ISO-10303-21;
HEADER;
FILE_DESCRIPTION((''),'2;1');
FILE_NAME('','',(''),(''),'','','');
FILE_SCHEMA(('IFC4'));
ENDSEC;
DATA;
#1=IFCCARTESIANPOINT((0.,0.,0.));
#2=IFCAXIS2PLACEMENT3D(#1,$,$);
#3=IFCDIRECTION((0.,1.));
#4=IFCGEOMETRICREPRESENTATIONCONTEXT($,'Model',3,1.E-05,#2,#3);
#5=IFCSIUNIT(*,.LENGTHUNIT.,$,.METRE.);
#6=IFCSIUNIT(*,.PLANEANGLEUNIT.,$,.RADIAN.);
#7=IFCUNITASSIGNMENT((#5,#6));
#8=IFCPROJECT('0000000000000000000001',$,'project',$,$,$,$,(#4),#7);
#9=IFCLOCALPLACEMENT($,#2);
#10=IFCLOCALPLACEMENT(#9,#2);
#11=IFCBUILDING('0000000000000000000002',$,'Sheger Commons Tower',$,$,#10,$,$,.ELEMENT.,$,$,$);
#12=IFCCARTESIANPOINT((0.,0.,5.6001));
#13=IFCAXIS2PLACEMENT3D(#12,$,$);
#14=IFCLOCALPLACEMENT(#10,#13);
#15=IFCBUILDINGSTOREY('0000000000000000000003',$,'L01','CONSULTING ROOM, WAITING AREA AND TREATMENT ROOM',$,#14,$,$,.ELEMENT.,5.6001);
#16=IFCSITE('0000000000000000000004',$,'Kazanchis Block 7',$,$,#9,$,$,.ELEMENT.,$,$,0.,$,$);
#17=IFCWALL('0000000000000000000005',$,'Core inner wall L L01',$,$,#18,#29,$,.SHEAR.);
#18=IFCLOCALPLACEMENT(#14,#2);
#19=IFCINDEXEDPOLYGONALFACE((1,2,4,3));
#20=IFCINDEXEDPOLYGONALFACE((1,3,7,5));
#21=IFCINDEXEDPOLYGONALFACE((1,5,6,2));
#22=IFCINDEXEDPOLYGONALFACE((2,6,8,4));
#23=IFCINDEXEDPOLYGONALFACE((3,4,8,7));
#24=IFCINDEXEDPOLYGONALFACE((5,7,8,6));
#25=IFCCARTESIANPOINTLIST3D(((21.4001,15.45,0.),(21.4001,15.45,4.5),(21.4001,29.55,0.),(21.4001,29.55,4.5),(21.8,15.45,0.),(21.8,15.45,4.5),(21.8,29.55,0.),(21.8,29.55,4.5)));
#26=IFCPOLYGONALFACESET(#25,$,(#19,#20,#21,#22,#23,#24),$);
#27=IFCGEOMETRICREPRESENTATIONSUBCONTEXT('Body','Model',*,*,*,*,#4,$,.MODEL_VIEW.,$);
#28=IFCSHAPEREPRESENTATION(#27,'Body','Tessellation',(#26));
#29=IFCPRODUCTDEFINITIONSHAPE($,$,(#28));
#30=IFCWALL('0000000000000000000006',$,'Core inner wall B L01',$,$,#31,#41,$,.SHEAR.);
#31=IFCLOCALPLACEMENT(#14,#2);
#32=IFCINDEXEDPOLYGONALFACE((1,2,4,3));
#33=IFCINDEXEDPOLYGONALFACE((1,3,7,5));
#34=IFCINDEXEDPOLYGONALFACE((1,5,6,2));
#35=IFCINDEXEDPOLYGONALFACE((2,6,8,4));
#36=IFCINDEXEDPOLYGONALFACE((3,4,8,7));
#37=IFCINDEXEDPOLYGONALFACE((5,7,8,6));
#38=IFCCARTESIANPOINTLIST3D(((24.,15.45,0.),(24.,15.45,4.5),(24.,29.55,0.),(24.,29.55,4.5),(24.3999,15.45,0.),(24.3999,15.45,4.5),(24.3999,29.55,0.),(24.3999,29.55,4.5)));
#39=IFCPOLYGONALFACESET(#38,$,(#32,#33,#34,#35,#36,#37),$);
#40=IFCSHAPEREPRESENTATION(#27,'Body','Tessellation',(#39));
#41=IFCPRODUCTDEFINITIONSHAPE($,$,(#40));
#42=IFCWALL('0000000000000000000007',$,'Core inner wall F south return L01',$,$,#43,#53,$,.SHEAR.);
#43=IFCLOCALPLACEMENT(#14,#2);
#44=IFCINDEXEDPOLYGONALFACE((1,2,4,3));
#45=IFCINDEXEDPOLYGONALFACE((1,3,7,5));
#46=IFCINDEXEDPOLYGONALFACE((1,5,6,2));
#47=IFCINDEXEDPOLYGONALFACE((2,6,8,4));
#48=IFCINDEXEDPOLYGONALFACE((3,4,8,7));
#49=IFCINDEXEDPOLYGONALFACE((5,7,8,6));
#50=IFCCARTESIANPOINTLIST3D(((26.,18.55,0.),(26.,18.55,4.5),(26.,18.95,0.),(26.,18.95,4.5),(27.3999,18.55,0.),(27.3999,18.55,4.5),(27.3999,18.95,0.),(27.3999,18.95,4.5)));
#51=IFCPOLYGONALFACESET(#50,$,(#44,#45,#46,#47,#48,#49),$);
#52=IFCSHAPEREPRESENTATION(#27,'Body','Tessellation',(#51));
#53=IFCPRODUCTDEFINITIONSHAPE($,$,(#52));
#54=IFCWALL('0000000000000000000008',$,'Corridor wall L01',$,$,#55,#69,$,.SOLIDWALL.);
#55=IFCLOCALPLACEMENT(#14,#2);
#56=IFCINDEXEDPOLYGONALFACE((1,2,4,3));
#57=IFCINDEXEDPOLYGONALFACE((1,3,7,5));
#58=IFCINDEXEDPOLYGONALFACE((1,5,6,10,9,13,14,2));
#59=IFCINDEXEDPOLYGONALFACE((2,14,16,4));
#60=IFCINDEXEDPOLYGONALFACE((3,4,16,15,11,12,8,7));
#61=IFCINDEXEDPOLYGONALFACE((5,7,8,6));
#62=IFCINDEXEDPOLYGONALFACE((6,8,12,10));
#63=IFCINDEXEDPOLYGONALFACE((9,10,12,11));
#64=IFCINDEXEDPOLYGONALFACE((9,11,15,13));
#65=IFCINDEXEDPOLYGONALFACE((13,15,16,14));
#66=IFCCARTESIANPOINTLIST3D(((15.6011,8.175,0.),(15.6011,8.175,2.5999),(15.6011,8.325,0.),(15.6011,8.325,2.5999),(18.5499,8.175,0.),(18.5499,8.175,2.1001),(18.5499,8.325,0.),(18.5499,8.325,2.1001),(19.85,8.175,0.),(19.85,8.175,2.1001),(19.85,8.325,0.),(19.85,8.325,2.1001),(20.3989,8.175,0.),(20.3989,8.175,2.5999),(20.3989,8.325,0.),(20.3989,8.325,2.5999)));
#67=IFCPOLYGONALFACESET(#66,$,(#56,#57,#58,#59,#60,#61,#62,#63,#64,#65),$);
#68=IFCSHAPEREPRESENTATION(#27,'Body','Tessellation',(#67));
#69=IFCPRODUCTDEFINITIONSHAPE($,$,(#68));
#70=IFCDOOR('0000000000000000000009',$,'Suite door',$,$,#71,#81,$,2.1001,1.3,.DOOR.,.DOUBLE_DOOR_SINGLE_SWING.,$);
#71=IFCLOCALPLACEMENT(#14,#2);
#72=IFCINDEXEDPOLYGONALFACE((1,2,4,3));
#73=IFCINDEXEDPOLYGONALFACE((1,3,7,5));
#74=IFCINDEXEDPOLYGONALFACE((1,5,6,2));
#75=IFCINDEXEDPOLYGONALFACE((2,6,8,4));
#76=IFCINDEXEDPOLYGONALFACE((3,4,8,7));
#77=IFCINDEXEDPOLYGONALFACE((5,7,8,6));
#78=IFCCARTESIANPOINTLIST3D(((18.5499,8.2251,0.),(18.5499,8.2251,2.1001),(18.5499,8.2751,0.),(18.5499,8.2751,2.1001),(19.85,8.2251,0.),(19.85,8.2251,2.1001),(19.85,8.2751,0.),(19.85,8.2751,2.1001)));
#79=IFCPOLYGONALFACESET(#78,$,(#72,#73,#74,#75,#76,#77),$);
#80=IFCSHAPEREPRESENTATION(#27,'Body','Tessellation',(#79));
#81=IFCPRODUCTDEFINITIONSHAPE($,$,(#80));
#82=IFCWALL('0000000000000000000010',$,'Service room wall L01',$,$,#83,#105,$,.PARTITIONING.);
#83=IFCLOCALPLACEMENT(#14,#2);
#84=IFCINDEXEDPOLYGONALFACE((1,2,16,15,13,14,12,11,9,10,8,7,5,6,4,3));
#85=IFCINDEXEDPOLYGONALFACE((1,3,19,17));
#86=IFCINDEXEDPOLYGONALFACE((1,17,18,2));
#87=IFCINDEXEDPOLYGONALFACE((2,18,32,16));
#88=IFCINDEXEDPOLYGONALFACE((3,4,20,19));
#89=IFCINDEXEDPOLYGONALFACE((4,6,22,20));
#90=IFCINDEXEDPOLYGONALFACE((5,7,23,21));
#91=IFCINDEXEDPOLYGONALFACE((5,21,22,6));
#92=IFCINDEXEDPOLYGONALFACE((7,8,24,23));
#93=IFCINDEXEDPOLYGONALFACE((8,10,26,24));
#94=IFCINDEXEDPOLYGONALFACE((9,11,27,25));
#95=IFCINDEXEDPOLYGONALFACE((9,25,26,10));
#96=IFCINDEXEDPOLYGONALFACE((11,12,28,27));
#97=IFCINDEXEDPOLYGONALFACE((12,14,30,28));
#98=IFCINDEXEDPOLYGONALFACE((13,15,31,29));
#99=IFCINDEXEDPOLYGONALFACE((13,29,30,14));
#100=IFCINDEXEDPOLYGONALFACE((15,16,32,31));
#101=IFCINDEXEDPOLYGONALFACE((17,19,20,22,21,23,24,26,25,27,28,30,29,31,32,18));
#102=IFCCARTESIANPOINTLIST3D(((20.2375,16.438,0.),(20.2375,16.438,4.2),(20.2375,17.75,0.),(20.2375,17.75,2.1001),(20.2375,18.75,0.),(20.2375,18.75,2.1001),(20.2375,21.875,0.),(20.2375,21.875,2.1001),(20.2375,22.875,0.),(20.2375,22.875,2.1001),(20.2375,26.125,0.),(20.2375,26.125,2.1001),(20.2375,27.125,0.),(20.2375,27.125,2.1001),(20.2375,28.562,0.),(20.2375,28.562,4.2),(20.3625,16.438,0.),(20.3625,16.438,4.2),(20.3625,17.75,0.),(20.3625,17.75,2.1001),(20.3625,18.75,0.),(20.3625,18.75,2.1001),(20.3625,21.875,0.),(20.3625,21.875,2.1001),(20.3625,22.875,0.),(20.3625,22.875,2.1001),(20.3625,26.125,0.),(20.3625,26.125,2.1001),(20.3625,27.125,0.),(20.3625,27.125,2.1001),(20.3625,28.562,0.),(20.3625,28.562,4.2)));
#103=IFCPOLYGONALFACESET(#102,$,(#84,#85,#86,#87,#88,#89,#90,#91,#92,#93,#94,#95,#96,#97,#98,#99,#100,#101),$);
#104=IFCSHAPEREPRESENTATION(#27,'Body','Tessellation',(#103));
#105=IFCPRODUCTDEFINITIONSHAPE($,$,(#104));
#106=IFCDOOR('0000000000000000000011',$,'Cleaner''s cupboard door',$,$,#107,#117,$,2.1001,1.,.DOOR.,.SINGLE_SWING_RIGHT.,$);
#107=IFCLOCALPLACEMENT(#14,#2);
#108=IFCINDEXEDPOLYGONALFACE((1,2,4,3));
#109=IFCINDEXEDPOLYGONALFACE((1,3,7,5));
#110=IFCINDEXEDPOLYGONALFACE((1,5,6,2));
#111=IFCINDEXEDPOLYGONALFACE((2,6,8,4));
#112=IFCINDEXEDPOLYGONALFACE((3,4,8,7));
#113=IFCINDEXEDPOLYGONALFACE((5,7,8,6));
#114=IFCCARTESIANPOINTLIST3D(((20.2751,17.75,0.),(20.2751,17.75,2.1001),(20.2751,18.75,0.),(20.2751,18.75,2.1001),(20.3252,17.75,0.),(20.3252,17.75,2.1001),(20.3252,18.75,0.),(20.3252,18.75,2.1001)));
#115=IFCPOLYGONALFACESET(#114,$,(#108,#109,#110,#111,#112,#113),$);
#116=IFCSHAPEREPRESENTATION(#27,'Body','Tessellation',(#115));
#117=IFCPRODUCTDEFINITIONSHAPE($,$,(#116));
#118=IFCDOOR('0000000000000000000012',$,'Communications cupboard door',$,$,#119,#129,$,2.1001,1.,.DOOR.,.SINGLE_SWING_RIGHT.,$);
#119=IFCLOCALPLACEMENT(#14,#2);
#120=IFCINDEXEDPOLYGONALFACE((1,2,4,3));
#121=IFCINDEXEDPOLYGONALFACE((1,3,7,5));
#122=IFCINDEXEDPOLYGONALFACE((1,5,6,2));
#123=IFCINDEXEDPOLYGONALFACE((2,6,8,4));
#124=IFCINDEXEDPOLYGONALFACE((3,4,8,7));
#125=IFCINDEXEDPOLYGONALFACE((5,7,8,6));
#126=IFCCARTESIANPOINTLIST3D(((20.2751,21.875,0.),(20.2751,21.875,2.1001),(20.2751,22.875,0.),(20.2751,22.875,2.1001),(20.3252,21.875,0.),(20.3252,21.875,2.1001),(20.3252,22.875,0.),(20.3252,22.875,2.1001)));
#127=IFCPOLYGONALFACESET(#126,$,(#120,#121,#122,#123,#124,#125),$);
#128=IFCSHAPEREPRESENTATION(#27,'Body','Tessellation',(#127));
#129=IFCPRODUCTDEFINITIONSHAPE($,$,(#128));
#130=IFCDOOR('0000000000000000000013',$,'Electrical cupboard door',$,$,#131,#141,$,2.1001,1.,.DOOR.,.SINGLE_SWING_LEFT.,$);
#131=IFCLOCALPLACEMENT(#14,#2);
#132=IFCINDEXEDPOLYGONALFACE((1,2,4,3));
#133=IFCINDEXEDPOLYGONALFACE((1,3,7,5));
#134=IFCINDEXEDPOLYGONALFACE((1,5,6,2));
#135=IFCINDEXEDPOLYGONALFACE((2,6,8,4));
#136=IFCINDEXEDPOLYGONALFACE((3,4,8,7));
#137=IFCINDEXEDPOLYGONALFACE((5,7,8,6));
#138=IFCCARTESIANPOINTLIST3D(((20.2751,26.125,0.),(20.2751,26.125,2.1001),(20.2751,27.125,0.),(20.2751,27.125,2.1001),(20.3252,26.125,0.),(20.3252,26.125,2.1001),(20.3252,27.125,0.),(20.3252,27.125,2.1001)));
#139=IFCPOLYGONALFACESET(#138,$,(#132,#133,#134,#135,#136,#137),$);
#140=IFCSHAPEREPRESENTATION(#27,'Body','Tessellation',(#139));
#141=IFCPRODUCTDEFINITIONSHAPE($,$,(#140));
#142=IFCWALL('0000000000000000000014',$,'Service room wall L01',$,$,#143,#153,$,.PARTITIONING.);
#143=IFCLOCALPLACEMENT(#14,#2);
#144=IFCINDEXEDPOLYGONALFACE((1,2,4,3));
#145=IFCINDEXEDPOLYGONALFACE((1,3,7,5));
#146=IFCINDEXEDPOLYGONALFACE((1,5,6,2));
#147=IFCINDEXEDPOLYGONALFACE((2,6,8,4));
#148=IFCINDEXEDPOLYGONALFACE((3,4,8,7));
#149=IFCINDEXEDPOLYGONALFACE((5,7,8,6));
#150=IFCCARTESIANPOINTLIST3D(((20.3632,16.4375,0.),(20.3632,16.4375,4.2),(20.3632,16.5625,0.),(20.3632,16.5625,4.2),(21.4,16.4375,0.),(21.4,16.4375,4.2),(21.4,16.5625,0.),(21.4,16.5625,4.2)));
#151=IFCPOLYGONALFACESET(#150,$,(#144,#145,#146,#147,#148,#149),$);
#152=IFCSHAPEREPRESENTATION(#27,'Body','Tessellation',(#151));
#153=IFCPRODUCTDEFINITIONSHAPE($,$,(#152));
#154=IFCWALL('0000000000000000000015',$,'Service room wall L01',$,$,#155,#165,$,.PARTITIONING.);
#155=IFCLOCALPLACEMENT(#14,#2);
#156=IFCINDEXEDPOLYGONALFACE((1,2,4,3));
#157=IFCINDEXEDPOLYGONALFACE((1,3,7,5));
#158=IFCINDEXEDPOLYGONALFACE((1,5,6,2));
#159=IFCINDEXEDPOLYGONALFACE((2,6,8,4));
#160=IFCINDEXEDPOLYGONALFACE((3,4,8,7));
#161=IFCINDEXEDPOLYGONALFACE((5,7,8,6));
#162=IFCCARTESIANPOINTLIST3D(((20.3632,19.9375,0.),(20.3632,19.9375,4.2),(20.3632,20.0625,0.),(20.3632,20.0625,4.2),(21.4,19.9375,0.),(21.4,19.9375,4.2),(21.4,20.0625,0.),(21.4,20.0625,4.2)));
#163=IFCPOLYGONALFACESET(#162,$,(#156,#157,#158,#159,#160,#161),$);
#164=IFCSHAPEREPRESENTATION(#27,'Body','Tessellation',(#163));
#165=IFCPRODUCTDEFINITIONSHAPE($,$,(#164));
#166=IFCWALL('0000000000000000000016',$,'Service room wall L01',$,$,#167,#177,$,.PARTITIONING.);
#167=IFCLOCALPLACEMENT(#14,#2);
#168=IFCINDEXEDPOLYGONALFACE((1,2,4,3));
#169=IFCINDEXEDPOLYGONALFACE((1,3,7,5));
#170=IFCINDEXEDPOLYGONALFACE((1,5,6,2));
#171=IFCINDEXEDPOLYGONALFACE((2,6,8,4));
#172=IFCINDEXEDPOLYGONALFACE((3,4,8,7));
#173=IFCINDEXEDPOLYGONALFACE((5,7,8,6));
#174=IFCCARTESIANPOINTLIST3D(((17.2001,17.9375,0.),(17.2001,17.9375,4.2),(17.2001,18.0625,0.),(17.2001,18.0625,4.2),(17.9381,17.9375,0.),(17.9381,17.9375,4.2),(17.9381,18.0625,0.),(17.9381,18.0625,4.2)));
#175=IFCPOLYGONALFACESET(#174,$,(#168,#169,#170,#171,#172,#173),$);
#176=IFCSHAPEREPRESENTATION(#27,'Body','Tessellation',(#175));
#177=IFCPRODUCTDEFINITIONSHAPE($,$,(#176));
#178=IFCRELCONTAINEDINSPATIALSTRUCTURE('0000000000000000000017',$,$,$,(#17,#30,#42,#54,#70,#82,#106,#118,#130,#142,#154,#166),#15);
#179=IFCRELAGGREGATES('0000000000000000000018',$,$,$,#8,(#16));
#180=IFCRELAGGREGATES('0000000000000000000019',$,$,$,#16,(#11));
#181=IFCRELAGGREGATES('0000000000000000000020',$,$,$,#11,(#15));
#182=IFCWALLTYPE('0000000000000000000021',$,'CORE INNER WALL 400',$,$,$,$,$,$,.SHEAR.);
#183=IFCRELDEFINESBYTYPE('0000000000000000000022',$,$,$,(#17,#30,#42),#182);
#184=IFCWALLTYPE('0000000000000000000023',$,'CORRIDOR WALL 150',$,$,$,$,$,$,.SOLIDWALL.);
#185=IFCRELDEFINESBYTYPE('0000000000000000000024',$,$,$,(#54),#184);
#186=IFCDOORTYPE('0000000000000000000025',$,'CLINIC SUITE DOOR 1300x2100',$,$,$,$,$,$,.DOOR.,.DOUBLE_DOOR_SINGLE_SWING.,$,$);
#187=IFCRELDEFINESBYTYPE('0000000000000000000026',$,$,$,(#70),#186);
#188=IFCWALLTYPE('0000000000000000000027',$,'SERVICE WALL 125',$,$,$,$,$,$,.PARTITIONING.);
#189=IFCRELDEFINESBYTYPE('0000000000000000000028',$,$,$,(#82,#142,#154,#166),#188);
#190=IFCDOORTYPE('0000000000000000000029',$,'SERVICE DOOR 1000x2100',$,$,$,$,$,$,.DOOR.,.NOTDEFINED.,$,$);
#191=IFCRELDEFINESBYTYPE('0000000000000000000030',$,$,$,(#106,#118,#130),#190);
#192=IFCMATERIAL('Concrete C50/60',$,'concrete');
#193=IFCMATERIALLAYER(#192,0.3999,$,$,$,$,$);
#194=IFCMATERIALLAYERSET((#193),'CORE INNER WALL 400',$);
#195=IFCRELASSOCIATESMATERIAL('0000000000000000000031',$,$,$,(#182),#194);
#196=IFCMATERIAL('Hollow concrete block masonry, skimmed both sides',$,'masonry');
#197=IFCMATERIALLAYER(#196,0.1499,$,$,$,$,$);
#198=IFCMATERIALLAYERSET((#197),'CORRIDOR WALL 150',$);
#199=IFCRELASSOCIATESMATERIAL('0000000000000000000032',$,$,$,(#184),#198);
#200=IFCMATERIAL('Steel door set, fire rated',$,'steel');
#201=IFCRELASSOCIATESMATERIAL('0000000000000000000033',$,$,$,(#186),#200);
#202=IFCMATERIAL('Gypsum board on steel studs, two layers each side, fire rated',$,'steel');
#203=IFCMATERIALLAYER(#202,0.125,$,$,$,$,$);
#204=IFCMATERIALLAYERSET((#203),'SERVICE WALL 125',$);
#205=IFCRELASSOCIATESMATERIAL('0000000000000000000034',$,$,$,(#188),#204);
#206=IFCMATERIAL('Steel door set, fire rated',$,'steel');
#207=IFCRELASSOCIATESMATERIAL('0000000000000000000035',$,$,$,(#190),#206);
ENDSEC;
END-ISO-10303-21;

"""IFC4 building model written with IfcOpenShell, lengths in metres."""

from ifc_helpers import new_model, si_unit, direction, frame, frame_2d, origin, place, context, subcontext, project, spatial, rectangle, extrude, material, layer, layer_set, type_object, element, fill, save


model = new_model("IFC4")

# Units and contexts
model_context = context("Model", 3, precision=1e-05, world=origin(), true_north=direction((0.0, 1.0)))
body_context = subcontext(model_context, "Body", "Model", "MODEL_VIEW")
ifc_project = project(units=[si_unit("LENGTHUNIT", "METRE"), si_unit("PLANEANGLEUNIT", "RADIAN")], contexts=[model_context])

# Site, building, storey
site_placement = place(None, origin())
site = spatial("IfcSite", under=ifc_project, at=site_placement, Name="Kazanchis Block 7", CompositionType="ELEMENT", RefElevation=0.0)
building_placement = place(site_placement, origin())
building = spatial("IfcBuilding", under=site, at=building_placement, Name="Sheger Commons Tower", CompositionType="ELEMENT")
storey_placement = place(building_placement, frame((0.0, 0.0, 5.6001)))
storey = spatial("IfcBuildingStorey", under=building, at=storey_placement, Name="L01", Description="CONSULTING ROOM, WAITING AREA AND TREATMENT ROOM", CompositionType="ELEMENT", Elevation=5.6001)

# Walls
ifc_material_1 = material(Name="Concrete C50/60", Category="concrete")
ifc_layer_1 = layer(ifc_material_1, 0.3999)
ifc_layer_set_1 = layer_set([ifc_layer_1], Name="CORE INNER WALL 400")
wall_type_1 = type_object("IfcWallType", Name="CORE INNER WALL 400", PredefinedType="SHEAR", material=ifc_layer_set_1)
for number, where, z_axis, x_axis, name in (
    (1, (21.6001, 15.45, 0.0), (0.0, 0.0, 1.0), (0.0, 1.0, 0.0), "Core inner wall L L01"),
    (2, (24.2, 15.45, 0.0), (0.0, 0.0, 1.0), (0.0, 1.0, 0.0), "Core inner wall B L01"),
):
    element("IfcWall", number, at=place(storey_placement, frame(where, z_axis=z_axis, x_axis=x_axis)), inside=storey, type_object=wall_type_1, Name=name, PredefinedType="SHEAR", context=body_context, shape_type="SweptSolid", body=[
        extrude(rectangle(XDim=14.1001, YDim=0.3999, at=frame_2d((7.05, 0.0))), origin(), (0.0, 0.0, 1.0), 4.5),
    ])
wall_1_placement = place(storey_placement, frame((26.0, 18.75, 0.0), z_axis=(0.0, 0.0, 1.0), x_axis=(1.0, 0.0, 0.0)))
element("IfcWall", 3, at=wall_1_placement, inside=storey, type_object=wall_type_1, Name="Core inner wall F south return L01", PredefinedType="SHEAR", context=body_context, shape_type="SweptSolid", body=[
    extrude(rectangle(XDim=1.3999, YDim=0.3999, at=frame_2d((0.7, 0.0))), origin(), (0.0, 0.0, 1.0), 4.5),
])

# Wall, opening, door
ifc_material_2 = material(Name="Hollow concrete block masonry, skimmed both sides", Category="masonry")
ifc_layer_2 = layer(ifc_material_2, 0.1499)
ifc_layer_set_2 = layer_set([ifc_layer_2], Name="CORRIDOR WALL 150")
wall_type_2 = type_object("IfcWallType", Name="CORRIDOR WALL 150", PredefinedType="SOLIDWALL", material=ifc_layer_set_2)
wall_2_placement = place(storey_placement, frame((20.3989, 8.25, 0.0), z_axis=(0.0, 0.0, 1.0), x_axis=(-1.0, 0.0, 0.0)))
wall_2 = element("IfcWall", 4, at=wall_2_placement, inside=storey, type_object=wall_type_2, Name="Corridor wall L01", PredefinedType="SOLIDWALL", context=body_context, shape_type="SweptSolid", body=[
    extrude(rectangle(XDim=4.7979, YDim=0.1499, at=frame_2d((2.3989, 0.0))), origin(), (0.0, 0.0, 1.0), 2.5999),
])
opening_1_placement = place(wall_2_placement, frame((0.5491, 0.0, 0.0)))
opening_1 = element("IfcOpeningElement", 5, at=opening_1_placement, cuts=wall_2, PredefinedType="OPENING", context=body_context, shape_type="SweptSolid", body=[
    extrude(rectangle(XDim=1.3, YDim=2.1001, at=frame_2d((0.6499, 1.05))), frame((0.0, 0.085, 0.0), z_axis=(0.0, -1.0, 0.0), x_axis=(1.0, 0.0, 0.0)), (0.0, 0.0, 1.0), 0.1699),
])
ifc_material_3 = material(Name="Steel door set, fire rated", Category="steel")
door_type_1 = type_object("IfcDoorType", Name="CLINIC SUITE DOOR 1300x2100", OperationType="DOUBLE_DOOR_SINGLE_SWING", PredefinedType="DOOR", material=ifc_material_3)
door_1_placement = place(opening_1_placement, origin())
door_1 = element("IfcDoor", 6, at=door_1_placement, inside=storey, type_object=door_type_1, Name="Suite door", OperationType="DOUBLE_DOOR_SINGLE_SWING", OverallHeight=2.1001, OverallWidth=1.3, PredefinedType="DOOR", context=body_context, shape_type="SweptSolid", body=[
    extrude(rectangle(XDim=1.3, YDim=2.1001, at=frame_2d((0.6499, 1.05))), frame((0.0, 0.0249, 0.0), z_axis=(0.0, -1.0, 0.0), x_axis=(1.0, 0.0, 0.0)), (0.0, 0.0, 1.0), 0.05),
])
fill(opening_1, door_1)

# Wall, openings, doors
ifc_material_4 = material(Name="Gypsum board on steel studs, two layers each side, fire rated", Category="steel")
ifc_layer_3 = layer(ifc_material_4, 0.125)
ifc_layer_set_3 = layer_set([ifc_layer_3], Name="SERVICE WALL 125")
wall_type_3 = type_object("IfcWallType", Name="SERVICE WALL 125", PredefinedType="PARTITIONING", material=ifc_layer_set_3)
wall_3_placement = place(storey_placement, frame((20.3, 16.438, 0.0), z_axis=(0.0, 0.0, 1.0), x_axis=(0.0, 1.0, 0.0)))
wall_3 = element("IfcWall", 7, at=wall_3_placement, inside=storey, type_object=wall_type_3, Name="Service room wall L01", PredefinedType="PARTITIONING", context=body_context, shape_type="SweptSolid", body=[
    extrude(rectangle(XDim=12.124, YDim=0.125, at=frame_2d((6.062, 0.0))), origin(), (0.0, 0.0, 1.0), 4.2),
])
opening_2_placement = place(wall_3_placement, frame((1.312, 0.0, 0.0)))
opening_2 = element("IfcOpeningElement", 8, at=opening_2_placement, cuts=wall_3, PredefinedType="OPENING", context=body_context, shape_type="SweptSolid", body=[
    extrude(rectangle(XDim=1.0, YDim=2.1001, at=frame_2d((0.5, 1.05))), frame((0.0, 0.0725, 0.0), z_axis=(0.0, -1.0, 0.0), x_axis=(1.0, 0.0, 0.0)), (0.0, 0.0, 1.0), 0.145),
])
opening_3_placement = place(wall_3_placement, frame((5.437, 0.0, 0.0)))
opening_3 = element("IfcOpeningElement", 9, at=opening_3_placement, cuts=wall_3, PredefinedType="OPENING", context=body_context, shape_type="SweptSolid", body=[
    extrude(rectangle(XDim=1.0, YDim=2.1001, at=frame_2d((0.5, 1.05))), frame((0.0, 0.0725, 0.0), z_axis=(0.0, -1.0, 0.0), x_axis=(1.0, 0.0, 0.0)), (0.0, 0.0, 1.0), 0.145),
])
opening_4_placement = place(wall_3_placement, frame((9.687, 0.0, 0.0)))
opening_4 = element("IfcOpeningElement", 10, at=opening_4_placement, cuts=wall_3, PredefinedType="OPENING", context=body_context, shape_type="SweptSolid", body=[
    extrude(rectangle(XDim=1.0, YDim=2.1001, at=frame_2d((0.5, 1.05))), frame((0.0, 0.0725, 0.0), z_axis=(0.0, -1.0, 0.0), x_axis=(1.0, 0.0, 0.0)), (0.0, 0.0, 1.0), 0.145),
])
ifc_material_5 = material(Name="Steel door set, fire rated", Category="steel")
door_type_2 = type_object("IfcDoorType", Name="SERVICE DOOR 1000x2100", OperationType="NOTDEFINED", PredefinedType="DOOR", material=ifc_material_5)
door_2_placement = place(opening_2_placement, origin())
door_2 = element("IfcDoor", 11, at=door_2_placement, inside=storey, type_object=door_type_2, Name="Cleaner's cupboard door", OperationType="SINGLE_SWING_RIGHT", OverallHeight=2.1001, OverallWidth=1.0, PredefinedType="DOOR", context=body_context, shape_type="SweptSolid", body=[
    extrude(rectangle(XDim=1.0, YDim=2.1001, at=frame_2d((0.5, 1.05))), frame((0.0, 0.0249, 0.0), z_axis=(0.0, -1.0, 0.0), x_axis=(1.0, 0.0, 0.0)), (0.0, 0.0, 1.0), 0.05),
])
fill(opening_2, door_2)
door_3_placement = place(opening_3_placement, origin())
door_3 = element("IfcDoor", 12, at=door_3_placement, inside=storey, type_object=door_type_2, Name="Communications cupboard door", OperationType="SINGLE_SWING_RIGHT", OverallHeight=2.1001, OverallWidth=1.0, PredefinedType="DOOR", context=body_context, shape_type="SweptSolid", body=[
    extrude(rectangle(XDim=1.0, YDim=2.1001, at=frame_2d((0.5, 1.05))), frame((0.0, 0.0249, 0.0), z_axis=(0.0, -1.0, 0.0), x_axis=(1.0, 0.0, 0.0)), (0.0, 0.0, 1.0), 0.05),
])
fill(opening_3, door_3)
door_4_placement = place(opening_4_placement, origin())
door_4 = element("IfcDoor", 13, at=door_4_placement, inside=storey, type_object=door_type_2, Name="Electrical cupboard door", OperationType="SINGLE_SWING_LEFT", OverallHeight=2.1001, OverallWidth=1.0, PredefinedType="DOOR", context=body_context, shape_type="SweptSolid", body=[
    extrude(rectangle(XDim=1.0, YDim=2.1001, at=frame_2d((0.5, 1.05))), frame((0.0, 0.0249, 0.0), z_axis=(0.0, -1.0, 0.0), x_axis=(1.0, 0.0, 0.0)), (0.0, 0.0, 1.0), 0.05),
])
fill(opening_4, door_4)

# Walls
for number, where, z_axis, x_axis, name in (
    (14, (20.363, 16.5, 0.0), (0.0, 0.0, 1.0), (1.0, 0.0, 0.0), "Service room wall L01"),
    (15, (20.363, 20.0, 0.0), (0.0, 0.0, 1.0), (1.0, 0.0, 0.0), "Service room wall L01"),
):
    element("IfcWall", number, at=place(storey_placement, frame(where, z_axis=z_axis, x_axis=x_axis)), inside=storey, type_object=wall_type_3, Name=name, PredefinedType="PARTITIONING", context=body_context, shape_type="SweptSolid", body=[
        extrude(rectangle(XDim=1.0369, YDim=0.125, at=frame_2d((0.5186, 0.0))), origin(), (0.0, 0.0, 1.0), 4.2),
    ])
wall_4_placement = place(storey_placement, frame((17.2, 18.0, 0.0), z_axis=(0.0, 0.0, 1.0), x_axis=(1.0, 0.0, 0.0)))
element("IfcWall", 16, at=wall_4_placement, inside=storey, type_object=wall_type_3, Name="Service room wall L01", PredefinedType="PARTITIONING", context=body_context, shape_type="SweptSolid", body=[
    extrude(rectangle(XDim=0.738, YDim=0.125, at=frame_2d((0.3691, 0.0))), origin(), (0.0, 0.0, 1.0), 4.2),
])

save(model, "model.ifc")
